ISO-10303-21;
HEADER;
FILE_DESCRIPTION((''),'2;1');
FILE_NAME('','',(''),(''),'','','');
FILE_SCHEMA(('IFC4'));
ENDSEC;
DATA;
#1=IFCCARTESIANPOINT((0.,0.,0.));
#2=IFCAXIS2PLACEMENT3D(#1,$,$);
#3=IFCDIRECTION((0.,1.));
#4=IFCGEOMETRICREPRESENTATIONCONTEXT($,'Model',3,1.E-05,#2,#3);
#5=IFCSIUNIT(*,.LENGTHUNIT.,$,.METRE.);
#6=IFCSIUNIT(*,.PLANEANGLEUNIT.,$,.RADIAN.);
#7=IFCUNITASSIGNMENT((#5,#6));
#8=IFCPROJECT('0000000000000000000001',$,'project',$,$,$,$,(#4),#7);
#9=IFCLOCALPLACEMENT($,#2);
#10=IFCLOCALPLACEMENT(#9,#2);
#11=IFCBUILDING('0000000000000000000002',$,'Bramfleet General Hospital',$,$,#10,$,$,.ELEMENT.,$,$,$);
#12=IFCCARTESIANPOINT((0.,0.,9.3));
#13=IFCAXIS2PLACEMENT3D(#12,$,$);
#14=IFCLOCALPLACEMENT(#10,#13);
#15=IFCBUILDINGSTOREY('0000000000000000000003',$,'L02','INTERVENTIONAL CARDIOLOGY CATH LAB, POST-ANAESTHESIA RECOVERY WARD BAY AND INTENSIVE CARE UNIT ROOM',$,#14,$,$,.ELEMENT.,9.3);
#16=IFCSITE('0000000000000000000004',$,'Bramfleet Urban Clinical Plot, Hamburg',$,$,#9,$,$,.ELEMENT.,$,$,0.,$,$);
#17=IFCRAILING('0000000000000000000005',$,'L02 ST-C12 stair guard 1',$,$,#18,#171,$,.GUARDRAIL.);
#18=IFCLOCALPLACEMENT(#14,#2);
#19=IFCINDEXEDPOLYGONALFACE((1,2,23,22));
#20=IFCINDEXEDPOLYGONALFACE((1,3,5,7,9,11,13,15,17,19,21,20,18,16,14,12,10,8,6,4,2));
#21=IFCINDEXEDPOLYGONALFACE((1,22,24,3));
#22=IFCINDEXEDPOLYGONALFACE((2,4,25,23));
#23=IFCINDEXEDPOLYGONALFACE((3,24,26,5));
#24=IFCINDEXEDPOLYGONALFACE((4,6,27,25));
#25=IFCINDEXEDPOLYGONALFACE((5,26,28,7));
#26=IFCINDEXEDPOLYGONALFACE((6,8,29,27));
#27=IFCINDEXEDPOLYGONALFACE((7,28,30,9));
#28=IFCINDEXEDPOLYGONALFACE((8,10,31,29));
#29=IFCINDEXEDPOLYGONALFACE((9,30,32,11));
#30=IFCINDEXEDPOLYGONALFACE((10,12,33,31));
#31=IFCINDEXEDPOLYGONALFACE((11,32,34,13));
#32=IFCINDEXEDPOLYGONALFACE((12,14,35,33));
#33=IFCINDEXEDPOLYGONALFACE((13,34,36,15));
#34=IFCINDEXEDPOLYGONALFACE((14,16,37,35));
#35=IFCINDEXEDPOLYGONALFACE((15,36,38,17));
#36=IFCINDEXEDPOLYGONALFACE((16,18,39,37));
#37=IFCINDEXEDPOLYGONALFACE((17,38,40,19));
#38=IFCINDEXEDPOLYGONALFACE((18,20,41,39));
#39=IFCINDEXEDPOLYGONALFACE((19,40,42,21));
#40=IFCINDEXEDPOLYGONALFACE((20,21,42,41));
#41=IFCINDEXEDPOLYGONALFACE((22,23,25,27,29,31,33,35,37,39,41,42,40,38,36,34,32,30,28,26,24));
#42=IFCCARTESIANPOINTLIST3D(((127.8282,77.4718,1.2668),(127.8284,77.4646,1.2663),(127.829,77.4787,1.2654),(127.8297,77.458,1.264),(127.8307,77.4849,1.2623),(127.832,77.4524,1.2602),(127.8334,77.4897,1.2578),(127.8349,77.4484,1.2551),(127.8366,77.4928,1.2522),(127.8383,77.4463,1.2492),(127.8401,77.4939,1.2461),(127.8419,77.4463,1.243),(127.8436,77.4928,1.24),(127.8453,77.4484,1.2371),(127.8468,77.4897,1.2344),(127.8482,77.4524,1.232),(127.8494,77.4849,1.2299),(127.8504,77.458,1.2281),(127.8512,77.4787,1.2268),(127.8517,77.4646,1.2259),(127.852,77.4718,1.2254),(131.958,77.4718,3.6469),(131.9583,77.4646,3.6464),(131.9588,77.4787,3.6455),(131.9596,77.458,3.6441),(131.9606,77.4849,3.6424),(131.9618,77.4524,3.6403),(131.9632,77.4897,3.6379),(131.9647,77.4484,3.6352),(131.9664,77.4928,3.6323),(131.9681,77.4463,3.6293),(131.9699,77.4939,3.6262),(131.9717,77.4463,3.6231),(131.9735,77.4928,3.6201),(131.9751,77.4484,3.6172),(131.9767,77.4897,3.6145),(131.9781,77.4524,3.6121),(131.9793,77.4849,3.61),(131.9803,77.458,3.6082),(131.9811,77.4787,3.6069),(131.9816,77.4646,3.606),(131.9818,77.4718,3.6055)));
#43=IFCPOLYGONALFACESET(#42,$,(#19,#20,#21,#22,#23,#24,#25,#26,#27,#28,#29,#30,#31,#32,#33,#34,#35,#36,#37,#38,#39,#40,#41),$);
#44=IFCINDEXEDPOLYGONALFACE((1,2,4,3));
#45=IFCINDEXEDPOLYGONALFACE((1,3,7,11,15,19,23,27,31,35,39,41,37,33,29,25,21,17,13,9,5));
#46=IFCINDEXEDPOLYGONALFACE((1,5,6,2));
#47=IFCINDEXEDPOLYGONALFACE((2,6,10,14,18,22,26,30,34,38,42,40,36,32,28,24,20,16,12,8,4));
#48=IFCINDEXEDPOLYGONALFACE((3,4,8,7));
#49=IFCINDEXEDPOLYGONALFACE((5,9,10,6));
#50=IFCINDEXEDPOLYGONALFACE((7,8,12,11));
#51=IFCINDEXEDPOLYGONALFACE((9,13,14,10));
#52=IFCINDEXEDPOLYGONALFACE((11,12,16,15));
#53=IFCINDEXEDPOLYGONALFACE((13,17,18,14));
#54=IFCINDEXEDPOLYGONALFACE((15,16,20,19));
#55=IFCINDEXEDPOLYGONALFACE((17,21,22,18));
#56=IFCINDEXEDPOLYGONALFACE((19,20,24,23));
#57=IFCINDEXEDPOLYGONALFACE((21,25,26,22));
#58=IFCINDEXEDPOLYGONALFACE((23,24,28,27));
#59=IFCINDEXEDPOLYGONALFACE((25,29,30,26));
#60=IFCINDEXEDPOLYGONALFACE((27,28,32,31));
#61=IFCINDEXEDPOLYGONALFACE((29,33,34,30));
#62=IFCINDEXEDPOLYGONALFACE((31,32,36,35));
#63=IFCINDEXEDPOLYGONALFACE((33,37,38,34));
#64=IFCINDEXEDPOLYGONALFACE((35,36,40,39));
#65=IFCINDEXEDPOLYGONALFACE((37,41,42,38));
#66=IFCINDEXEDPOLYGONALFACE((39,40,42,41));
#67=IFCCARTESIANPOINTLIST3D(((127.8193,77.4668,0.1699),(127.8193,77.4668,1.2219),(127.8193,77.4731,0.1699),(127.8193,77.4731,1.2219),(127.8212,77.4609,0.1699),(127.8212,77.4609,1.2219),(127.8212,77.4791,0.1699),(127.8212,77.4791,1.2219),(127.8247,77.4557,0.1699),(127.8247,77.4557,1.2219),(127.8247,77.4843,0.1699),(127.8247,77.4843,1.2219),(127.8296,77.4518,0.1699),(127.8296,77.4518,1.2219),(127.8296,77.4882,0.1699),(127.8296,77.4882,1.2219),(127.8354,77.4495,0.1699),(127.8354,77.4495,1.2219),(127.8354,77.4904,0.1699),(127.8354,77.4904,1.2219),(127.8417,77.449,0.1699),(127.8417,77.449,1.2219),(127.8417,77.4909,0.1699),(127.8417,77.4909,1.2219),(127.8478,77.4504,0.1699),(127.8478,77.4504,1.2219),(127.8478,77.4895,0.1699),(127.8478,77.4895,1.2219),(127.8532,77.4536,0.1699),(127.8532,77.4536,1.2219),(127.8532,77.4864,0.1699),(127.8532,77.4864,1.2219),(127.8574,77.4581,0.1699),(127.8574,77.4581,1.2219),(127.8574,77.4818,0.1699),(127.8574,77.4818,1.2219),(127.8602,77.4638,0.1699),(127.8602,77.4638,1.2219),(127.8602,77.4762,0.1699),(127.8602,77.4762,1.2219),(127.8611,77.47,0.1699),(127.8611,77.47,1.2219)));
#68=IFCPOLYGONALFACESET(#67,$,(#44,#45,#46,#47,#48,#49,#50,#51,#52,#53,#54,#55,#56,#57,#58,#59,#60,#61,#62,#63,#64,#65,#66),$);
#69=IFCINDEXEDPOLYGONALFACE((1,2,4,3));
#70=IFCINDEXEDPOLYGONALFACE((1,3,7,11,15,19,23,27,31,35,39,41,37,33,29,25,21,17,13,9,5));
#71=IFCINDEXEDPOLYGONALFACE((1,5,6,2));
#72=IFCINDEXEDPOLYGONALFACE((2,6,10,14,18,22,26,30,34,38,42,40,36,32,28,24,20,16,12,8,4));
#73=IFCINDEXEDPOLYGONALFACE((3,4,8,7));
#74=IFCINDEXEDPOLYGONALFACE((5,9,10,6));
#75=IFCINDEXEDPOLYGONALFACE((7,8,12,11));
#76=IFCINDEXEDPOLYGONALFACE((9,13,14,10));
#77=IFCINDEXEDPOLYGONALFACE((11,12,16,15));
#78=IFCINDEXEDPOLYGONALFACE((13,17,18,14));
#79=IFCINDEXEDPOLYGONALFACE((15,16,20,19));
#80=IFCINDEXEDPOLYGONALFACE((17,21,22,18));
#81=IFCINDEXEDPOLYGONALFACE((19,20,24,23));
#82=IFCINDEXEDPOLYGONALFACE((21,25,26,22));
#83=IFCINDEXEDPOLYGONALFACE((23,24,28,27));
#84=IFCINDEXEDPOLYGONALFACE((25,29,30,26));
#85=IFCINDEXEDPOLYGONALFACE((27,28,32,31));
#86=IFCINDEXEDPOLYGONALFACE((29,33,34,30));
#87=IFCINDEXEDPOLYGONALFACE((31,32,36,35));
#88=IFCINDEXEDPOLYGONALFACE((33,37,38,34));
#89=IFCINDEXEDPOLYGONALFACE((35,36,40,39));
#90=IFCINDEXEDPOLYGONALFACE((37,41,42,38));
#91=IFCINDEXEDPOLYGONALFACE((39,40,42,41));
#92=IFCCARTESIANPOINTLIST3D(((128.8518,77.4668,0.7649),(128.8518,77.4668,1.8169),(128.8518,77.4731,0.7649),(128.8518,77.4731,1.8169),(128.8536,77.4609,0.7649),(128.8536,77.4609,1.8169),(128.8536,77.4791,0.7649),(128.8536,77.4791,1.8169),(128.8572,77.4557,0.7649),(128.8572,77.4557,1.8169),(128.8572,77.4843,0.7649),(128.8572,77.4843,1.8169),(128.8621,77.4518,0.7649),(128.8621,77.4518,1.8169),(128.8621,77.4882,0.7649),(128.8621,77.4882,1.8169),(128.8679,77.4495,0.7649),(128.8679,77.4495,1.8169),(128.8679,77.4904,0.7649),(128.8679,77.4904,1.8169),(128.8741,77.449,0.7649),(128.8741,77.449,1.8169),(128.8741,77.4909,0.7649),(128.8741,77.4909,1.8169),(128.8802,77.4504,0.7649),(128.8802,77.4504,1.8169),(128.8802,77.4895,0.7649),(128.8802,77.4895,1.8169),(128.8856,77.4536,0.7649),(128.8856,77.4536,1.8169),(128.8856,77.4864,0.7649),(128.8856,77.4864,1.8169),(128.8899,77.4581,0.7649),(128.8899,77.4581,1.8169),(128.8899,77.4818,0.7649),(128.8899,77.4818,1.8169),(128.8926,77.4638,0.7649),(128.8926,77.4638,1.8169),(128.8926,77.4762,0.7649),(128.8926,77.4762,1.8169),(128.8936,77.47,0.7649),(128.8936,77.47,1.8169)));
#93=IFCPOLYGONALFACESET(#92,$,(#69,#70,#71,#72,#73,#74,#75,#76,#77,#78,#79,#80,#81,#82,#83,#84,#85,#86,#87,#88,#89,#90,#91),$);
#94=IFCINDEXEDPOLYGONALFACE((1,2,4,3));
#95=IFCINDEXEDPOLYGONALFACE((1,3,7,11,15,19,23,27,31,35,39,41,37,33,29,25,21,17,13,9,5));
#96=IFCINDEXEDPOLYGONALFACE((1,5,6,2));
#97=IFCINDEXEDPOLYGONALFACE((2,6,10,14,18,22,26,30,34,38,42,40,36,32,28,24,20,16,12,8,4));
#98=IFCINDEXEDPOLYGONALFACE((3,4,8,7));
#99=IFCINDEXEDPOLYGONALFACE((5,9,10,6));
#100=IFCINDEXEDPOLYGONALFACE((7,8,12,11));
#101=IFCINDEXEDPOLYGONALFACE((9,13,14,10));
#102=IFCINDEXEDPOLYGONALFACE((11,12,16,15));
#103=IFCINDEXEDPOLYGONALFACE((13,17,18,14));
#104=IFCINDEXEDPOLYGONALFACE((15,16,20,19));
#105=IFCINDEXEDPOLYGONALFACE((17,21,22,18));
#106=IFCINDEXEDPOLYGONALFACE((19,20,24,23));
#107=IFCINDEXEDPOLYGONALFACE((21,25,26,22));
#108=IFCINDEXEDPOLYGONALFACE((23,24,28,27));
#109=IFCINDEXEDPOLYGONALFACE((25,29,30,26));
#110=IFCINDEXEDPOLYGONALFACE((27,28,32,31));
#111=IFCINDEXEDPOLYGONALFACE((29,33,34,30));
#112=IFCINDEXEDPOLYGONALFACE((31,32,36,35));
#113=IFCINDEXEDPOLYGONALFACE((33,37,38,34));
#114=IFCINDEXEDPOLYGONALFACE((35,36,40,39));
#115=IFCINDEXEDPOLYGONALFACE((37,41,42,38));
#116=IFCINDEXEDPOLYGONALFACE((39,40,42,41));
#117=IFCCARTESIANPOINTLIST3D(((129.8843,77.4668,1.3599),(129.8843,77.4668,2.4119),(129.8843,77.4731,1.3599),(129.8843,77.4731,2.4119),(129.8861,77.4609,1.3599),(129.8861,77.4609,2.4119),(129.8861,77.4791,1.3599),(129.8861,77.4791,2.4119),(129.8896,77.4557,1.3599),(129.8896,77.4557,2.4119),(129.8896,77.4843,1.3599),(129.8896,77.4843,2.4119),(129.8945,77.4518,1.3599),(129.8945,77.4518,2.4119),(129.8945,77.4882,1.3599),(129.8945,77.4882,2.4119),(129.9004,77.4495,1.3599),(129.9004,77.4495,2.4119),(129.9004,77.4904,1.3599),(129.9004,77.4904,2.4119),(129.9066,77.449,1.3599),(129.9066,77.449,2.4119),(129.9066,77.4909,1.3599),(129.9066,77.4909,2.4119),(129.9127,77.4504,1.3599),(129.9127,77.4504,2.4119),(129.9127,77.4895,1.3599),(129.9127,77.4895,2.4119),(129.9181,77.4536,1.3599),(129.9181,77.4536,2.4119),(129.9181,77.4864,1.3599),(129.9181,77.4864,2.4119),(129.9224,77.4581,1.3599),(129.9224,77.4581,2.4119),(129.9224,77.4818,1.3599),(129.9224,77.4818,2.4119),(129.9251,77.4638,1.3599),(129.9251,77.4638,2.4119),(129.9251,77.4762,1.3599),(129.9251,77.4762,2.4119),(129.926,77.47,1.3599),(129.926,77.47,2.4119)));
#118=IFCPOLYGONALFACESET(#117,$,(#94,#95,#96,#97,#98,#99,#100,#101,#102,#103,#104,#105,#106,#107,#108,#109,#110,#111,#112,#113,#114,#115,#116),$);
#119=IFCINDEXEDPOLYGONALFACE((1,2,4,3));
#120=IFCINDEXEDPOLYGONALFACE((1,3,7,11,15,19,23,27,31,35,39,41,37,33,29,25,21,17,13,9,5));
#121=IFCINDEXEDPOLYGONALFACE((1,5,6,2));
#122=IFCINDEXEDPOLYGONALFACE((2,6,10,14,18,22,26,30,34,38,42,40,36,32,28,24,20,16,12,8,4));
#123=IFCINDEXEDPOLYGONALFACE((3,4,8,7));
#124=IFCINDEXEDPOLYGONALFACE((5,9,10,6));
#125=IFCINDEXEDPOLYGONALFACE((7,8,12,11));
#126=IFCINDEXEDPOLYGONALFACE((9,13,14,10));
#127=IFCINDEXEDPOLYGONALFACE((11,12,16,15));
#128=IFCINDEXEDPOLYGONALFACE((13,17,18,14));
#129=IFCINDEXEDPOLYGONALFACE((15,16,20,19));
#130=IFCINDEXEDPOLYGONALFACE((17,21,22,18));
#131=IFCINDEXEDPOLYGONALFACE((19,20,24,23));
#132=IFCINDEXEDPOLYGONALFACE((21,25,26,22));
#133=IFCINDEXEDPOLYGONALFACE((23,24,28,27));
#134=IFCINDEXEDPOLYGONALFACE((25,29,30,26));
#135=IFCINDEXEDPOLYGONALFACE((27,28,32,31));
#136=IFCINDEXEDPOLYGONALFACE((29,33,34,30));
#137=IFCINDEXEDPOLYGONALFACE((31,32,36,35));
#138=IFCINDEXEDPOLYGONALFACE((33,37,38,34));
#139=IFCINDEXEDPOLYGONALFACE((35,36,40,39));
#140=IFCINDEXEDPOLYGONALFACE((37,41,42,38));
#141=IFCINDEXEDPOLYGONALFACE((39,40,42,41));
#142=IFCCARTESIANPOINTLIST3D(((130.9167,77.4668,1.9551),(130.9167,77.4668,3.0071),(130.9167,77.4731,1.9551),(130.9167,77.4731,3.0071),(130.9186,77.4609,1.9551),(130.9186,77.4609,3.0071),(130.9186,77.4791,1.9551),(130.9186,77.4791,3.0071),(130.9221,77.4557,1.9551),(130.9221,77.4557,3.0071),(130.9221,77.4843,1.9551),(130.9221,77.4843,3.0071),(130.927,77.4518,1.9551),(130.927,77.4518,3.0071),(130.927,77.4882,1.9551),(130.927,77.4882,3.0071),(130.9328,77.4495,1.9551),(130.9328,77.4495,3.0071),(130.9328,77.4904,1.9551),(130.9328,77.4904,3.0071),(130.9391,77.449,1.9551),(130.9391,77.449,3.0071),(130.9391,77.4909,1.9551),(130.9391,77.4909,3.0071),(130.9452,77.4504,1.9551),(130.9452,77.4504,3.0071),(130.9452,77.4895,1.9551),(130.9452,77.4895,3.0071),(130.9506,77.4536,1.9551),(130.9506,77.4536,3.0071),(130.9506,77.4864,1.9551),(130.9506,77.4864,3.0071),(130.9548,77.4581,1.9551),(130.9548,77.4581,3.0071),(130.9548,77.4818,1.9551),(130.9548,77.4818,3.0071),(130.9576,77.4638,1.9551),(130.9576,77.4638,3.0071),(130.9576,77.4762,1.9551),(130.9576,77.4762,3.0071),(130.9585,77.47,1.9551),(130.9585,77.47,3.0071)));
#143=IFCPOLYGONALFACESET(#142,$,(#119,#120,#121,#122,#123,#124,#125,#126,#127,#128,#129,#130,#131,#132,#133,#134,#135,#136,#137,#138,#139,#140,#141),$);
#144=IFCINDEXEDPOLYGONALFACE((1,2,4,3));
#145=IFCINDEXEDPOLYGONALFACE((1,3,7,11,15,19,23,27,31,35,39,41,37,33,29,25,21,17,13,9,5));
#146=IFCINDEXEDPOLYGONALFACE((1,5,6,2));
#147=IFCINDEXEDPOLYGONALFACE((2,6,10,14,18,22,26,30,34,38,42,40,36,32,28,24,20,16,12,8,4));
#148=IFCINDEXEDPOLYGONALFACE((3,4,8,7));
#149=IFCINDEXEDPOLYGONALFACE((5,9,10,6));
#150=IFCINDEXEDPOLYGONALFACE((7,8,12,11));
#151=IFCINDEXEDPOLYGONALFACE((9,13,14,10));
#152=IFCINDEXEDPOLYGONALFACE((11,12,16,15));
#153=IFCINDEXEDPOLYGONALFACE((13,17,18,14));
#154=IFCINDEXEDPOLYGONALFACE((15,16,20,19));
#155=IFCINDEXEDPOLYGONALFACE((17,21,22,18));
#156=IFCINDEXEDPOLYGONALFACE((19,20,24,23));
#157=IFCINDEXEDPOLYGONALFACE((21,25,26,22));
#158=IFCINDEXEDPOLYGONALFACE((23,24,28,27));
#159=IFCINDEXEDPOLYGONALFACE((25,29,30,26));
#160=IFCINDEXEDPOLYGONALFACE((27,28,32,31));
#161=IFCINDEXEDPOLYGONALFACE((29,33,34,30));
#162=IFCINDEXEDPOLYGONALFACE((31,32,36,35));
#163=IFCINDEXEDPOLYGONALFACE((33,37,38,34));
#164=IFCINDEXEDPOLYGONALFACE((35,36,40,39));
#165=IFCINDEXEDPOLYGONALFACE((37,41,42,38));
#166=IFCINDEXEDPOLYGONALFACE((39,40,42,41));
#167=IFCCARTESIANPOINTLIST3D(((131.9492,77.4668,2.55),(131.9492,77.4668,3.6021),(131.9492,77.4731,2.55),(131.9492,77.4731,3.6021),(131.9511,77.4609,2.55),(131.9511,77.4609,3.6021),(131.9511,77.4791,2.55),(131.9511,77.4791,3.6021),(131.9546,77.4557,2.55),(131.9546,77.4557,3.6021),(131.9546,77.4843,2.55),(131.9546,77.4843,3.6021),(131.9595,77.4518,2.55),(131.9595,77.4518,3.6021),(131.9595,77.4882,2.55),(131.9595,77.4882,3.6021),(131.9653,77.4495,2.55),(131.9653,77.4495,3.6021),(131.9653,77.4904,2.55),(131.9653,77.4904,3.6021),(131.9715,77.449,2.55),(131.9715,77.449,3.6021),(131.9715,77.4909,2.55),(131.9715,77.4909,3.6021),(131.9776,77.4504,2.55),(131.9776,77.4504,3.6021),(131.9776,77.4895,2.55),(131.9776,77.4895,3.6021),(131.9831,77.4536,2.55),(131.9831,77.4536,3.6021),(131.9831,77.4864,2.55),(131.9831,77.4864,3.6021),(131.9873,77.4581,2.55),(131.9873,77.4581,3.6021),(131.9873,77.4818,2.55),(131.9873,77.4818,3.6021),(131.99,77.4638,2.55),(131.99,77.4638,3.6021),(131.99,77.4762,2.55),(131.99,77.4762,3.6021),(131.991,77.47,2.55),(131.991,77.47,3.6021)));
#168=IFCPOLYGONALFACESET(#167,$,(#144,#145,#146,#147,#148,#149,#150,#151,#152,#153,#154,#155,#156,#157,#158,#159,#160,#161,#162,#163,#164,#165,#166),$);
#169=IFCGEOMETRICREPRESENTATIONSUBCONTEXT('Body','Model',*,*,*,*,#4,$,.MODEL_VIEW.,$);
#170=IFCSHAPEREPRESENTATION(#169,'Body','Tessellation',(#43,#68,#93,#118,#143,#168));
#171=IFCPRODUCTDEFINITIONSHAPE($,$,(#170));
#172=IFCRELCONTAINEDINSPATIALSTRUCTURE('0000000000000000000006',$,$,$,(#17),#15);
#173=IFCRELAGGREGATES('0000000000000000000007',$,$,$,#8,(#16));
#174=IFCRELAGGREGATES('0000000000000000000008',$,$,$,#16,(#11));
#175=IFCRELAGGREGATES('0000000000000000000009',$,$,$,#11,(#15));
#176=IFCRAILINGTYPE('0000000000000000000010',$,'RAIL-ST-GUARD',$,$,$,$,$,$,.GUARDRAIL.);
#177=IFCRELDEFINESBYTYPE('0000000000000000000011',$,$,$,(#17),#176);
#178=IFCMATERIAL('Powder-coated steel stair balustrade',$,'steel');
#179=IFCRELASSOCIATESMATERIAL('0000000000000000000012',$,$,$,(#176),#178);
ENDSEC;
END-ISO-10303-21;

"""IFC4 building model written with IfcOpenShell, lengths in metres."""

from ifc_helpers import new_model, si_unit, direction, frame, origin, origin_2d, place, context, subcontext, project, spatial, circle, extrude, material, type_object, element, save


model = new_model("IFC4")

# Units and contexts
model_context = context("Model", 3, precision=1e-05, world=origin(), true_north=direction((0.0, 1.0)))
body_context = subcontext(model_context, "Body", "Model", "MODEL_VIEW")
ifc_project = project(units=[si_unit("LENGTHUNIT", "METRE"), si_unit("PLANEANGLEUNIT", "RADIAN")], contexts=[model_context])

# Site, building, storey
site_placement = place(None, origin())
site = spatial("IfcSite", under=ifc_project, at=site_placement, Name="Bramfleet Urban Clinical Plot, Hamburg", CompositionType="ELEMENT", RefElevation=0.0)
building_placement = place(site_placement, origin())
building = spatial("IfcBuilding", under=site, at=building_placement, Name="Bramfleet General Hospital", CompositionType="ELEMENT")
storey_placement = place(building_placement, frame((0.0, 0.0, 9.3)))
storey = spatial("IfcBuildingStorey", under=building, at=storey_placement, Name="L02", Description="INTERVENTIONAL CARDIOLOGY CATH LAB, POST-ANAESTHESIA RECOVERY WARD BAY AND INTENSIVE CARE UNIT ROOM", CompositionType="ELEMENT", Elevation=9.3)

# Railing
ifc_material_1 = material(Name="Powder-coated steel stair balustrade", Category="steel")
railing_type_1 = type_object("IfcRailingType", Name="RAIL-ST-GUARD", PredefinedType="GUARDRAIL", material=ifc_material_1)
railing_1_placement = place(storey_placement, frame((127.8401, 77.47, 0.1699)))
element("IfcRailing", 1, at=railing_1_placement, inside=storey, type_object=railing_type_1, Name="L02 ST-C12 stair guard 1", PredefinedType="GUARDRAIL", context=body_context, shape_type="SweptSolid", body=[
    extrude(circle(Radius=0.0239, at=origin_2d()), frame((0.0, 0.0, 1.0762), z_axis=(0.866412, 0.0, 0.499329), x_axis=(0.0, 1.0, 0.0)), (0.0, 0.0, 1.0), 4.7666),
    extrude(circle(Radius=0.021, at=origin_2d()), origin(), (0.0, 0.0, 1.0), 1.052),
    extrude(circle(Radius=0.021, at=origin_2d()), frame((1.0325, 0.0, 0.595)), (0.0, 0.0, 1.0), 1.052),
    extrude(circle(Radius=0.021, at=origin_2d()), frame((2.0649, 0.0, 1.1899)), (0.0, 0.0, 1.0), 1.052),
    extrude(circle(Radius=0.021, at=origin_2d()), frame((3.0974, 0.0, 1.7852)), (0.0, 0.0, 1.0), 1.052),
    extrude(circle(Radius=0.021, at=origin_2d()), frame((4.1299, 0.0, 2.3801)), (0.0, 0.0, 1.0), 1.052),
])

save(model, "model.ifc")
